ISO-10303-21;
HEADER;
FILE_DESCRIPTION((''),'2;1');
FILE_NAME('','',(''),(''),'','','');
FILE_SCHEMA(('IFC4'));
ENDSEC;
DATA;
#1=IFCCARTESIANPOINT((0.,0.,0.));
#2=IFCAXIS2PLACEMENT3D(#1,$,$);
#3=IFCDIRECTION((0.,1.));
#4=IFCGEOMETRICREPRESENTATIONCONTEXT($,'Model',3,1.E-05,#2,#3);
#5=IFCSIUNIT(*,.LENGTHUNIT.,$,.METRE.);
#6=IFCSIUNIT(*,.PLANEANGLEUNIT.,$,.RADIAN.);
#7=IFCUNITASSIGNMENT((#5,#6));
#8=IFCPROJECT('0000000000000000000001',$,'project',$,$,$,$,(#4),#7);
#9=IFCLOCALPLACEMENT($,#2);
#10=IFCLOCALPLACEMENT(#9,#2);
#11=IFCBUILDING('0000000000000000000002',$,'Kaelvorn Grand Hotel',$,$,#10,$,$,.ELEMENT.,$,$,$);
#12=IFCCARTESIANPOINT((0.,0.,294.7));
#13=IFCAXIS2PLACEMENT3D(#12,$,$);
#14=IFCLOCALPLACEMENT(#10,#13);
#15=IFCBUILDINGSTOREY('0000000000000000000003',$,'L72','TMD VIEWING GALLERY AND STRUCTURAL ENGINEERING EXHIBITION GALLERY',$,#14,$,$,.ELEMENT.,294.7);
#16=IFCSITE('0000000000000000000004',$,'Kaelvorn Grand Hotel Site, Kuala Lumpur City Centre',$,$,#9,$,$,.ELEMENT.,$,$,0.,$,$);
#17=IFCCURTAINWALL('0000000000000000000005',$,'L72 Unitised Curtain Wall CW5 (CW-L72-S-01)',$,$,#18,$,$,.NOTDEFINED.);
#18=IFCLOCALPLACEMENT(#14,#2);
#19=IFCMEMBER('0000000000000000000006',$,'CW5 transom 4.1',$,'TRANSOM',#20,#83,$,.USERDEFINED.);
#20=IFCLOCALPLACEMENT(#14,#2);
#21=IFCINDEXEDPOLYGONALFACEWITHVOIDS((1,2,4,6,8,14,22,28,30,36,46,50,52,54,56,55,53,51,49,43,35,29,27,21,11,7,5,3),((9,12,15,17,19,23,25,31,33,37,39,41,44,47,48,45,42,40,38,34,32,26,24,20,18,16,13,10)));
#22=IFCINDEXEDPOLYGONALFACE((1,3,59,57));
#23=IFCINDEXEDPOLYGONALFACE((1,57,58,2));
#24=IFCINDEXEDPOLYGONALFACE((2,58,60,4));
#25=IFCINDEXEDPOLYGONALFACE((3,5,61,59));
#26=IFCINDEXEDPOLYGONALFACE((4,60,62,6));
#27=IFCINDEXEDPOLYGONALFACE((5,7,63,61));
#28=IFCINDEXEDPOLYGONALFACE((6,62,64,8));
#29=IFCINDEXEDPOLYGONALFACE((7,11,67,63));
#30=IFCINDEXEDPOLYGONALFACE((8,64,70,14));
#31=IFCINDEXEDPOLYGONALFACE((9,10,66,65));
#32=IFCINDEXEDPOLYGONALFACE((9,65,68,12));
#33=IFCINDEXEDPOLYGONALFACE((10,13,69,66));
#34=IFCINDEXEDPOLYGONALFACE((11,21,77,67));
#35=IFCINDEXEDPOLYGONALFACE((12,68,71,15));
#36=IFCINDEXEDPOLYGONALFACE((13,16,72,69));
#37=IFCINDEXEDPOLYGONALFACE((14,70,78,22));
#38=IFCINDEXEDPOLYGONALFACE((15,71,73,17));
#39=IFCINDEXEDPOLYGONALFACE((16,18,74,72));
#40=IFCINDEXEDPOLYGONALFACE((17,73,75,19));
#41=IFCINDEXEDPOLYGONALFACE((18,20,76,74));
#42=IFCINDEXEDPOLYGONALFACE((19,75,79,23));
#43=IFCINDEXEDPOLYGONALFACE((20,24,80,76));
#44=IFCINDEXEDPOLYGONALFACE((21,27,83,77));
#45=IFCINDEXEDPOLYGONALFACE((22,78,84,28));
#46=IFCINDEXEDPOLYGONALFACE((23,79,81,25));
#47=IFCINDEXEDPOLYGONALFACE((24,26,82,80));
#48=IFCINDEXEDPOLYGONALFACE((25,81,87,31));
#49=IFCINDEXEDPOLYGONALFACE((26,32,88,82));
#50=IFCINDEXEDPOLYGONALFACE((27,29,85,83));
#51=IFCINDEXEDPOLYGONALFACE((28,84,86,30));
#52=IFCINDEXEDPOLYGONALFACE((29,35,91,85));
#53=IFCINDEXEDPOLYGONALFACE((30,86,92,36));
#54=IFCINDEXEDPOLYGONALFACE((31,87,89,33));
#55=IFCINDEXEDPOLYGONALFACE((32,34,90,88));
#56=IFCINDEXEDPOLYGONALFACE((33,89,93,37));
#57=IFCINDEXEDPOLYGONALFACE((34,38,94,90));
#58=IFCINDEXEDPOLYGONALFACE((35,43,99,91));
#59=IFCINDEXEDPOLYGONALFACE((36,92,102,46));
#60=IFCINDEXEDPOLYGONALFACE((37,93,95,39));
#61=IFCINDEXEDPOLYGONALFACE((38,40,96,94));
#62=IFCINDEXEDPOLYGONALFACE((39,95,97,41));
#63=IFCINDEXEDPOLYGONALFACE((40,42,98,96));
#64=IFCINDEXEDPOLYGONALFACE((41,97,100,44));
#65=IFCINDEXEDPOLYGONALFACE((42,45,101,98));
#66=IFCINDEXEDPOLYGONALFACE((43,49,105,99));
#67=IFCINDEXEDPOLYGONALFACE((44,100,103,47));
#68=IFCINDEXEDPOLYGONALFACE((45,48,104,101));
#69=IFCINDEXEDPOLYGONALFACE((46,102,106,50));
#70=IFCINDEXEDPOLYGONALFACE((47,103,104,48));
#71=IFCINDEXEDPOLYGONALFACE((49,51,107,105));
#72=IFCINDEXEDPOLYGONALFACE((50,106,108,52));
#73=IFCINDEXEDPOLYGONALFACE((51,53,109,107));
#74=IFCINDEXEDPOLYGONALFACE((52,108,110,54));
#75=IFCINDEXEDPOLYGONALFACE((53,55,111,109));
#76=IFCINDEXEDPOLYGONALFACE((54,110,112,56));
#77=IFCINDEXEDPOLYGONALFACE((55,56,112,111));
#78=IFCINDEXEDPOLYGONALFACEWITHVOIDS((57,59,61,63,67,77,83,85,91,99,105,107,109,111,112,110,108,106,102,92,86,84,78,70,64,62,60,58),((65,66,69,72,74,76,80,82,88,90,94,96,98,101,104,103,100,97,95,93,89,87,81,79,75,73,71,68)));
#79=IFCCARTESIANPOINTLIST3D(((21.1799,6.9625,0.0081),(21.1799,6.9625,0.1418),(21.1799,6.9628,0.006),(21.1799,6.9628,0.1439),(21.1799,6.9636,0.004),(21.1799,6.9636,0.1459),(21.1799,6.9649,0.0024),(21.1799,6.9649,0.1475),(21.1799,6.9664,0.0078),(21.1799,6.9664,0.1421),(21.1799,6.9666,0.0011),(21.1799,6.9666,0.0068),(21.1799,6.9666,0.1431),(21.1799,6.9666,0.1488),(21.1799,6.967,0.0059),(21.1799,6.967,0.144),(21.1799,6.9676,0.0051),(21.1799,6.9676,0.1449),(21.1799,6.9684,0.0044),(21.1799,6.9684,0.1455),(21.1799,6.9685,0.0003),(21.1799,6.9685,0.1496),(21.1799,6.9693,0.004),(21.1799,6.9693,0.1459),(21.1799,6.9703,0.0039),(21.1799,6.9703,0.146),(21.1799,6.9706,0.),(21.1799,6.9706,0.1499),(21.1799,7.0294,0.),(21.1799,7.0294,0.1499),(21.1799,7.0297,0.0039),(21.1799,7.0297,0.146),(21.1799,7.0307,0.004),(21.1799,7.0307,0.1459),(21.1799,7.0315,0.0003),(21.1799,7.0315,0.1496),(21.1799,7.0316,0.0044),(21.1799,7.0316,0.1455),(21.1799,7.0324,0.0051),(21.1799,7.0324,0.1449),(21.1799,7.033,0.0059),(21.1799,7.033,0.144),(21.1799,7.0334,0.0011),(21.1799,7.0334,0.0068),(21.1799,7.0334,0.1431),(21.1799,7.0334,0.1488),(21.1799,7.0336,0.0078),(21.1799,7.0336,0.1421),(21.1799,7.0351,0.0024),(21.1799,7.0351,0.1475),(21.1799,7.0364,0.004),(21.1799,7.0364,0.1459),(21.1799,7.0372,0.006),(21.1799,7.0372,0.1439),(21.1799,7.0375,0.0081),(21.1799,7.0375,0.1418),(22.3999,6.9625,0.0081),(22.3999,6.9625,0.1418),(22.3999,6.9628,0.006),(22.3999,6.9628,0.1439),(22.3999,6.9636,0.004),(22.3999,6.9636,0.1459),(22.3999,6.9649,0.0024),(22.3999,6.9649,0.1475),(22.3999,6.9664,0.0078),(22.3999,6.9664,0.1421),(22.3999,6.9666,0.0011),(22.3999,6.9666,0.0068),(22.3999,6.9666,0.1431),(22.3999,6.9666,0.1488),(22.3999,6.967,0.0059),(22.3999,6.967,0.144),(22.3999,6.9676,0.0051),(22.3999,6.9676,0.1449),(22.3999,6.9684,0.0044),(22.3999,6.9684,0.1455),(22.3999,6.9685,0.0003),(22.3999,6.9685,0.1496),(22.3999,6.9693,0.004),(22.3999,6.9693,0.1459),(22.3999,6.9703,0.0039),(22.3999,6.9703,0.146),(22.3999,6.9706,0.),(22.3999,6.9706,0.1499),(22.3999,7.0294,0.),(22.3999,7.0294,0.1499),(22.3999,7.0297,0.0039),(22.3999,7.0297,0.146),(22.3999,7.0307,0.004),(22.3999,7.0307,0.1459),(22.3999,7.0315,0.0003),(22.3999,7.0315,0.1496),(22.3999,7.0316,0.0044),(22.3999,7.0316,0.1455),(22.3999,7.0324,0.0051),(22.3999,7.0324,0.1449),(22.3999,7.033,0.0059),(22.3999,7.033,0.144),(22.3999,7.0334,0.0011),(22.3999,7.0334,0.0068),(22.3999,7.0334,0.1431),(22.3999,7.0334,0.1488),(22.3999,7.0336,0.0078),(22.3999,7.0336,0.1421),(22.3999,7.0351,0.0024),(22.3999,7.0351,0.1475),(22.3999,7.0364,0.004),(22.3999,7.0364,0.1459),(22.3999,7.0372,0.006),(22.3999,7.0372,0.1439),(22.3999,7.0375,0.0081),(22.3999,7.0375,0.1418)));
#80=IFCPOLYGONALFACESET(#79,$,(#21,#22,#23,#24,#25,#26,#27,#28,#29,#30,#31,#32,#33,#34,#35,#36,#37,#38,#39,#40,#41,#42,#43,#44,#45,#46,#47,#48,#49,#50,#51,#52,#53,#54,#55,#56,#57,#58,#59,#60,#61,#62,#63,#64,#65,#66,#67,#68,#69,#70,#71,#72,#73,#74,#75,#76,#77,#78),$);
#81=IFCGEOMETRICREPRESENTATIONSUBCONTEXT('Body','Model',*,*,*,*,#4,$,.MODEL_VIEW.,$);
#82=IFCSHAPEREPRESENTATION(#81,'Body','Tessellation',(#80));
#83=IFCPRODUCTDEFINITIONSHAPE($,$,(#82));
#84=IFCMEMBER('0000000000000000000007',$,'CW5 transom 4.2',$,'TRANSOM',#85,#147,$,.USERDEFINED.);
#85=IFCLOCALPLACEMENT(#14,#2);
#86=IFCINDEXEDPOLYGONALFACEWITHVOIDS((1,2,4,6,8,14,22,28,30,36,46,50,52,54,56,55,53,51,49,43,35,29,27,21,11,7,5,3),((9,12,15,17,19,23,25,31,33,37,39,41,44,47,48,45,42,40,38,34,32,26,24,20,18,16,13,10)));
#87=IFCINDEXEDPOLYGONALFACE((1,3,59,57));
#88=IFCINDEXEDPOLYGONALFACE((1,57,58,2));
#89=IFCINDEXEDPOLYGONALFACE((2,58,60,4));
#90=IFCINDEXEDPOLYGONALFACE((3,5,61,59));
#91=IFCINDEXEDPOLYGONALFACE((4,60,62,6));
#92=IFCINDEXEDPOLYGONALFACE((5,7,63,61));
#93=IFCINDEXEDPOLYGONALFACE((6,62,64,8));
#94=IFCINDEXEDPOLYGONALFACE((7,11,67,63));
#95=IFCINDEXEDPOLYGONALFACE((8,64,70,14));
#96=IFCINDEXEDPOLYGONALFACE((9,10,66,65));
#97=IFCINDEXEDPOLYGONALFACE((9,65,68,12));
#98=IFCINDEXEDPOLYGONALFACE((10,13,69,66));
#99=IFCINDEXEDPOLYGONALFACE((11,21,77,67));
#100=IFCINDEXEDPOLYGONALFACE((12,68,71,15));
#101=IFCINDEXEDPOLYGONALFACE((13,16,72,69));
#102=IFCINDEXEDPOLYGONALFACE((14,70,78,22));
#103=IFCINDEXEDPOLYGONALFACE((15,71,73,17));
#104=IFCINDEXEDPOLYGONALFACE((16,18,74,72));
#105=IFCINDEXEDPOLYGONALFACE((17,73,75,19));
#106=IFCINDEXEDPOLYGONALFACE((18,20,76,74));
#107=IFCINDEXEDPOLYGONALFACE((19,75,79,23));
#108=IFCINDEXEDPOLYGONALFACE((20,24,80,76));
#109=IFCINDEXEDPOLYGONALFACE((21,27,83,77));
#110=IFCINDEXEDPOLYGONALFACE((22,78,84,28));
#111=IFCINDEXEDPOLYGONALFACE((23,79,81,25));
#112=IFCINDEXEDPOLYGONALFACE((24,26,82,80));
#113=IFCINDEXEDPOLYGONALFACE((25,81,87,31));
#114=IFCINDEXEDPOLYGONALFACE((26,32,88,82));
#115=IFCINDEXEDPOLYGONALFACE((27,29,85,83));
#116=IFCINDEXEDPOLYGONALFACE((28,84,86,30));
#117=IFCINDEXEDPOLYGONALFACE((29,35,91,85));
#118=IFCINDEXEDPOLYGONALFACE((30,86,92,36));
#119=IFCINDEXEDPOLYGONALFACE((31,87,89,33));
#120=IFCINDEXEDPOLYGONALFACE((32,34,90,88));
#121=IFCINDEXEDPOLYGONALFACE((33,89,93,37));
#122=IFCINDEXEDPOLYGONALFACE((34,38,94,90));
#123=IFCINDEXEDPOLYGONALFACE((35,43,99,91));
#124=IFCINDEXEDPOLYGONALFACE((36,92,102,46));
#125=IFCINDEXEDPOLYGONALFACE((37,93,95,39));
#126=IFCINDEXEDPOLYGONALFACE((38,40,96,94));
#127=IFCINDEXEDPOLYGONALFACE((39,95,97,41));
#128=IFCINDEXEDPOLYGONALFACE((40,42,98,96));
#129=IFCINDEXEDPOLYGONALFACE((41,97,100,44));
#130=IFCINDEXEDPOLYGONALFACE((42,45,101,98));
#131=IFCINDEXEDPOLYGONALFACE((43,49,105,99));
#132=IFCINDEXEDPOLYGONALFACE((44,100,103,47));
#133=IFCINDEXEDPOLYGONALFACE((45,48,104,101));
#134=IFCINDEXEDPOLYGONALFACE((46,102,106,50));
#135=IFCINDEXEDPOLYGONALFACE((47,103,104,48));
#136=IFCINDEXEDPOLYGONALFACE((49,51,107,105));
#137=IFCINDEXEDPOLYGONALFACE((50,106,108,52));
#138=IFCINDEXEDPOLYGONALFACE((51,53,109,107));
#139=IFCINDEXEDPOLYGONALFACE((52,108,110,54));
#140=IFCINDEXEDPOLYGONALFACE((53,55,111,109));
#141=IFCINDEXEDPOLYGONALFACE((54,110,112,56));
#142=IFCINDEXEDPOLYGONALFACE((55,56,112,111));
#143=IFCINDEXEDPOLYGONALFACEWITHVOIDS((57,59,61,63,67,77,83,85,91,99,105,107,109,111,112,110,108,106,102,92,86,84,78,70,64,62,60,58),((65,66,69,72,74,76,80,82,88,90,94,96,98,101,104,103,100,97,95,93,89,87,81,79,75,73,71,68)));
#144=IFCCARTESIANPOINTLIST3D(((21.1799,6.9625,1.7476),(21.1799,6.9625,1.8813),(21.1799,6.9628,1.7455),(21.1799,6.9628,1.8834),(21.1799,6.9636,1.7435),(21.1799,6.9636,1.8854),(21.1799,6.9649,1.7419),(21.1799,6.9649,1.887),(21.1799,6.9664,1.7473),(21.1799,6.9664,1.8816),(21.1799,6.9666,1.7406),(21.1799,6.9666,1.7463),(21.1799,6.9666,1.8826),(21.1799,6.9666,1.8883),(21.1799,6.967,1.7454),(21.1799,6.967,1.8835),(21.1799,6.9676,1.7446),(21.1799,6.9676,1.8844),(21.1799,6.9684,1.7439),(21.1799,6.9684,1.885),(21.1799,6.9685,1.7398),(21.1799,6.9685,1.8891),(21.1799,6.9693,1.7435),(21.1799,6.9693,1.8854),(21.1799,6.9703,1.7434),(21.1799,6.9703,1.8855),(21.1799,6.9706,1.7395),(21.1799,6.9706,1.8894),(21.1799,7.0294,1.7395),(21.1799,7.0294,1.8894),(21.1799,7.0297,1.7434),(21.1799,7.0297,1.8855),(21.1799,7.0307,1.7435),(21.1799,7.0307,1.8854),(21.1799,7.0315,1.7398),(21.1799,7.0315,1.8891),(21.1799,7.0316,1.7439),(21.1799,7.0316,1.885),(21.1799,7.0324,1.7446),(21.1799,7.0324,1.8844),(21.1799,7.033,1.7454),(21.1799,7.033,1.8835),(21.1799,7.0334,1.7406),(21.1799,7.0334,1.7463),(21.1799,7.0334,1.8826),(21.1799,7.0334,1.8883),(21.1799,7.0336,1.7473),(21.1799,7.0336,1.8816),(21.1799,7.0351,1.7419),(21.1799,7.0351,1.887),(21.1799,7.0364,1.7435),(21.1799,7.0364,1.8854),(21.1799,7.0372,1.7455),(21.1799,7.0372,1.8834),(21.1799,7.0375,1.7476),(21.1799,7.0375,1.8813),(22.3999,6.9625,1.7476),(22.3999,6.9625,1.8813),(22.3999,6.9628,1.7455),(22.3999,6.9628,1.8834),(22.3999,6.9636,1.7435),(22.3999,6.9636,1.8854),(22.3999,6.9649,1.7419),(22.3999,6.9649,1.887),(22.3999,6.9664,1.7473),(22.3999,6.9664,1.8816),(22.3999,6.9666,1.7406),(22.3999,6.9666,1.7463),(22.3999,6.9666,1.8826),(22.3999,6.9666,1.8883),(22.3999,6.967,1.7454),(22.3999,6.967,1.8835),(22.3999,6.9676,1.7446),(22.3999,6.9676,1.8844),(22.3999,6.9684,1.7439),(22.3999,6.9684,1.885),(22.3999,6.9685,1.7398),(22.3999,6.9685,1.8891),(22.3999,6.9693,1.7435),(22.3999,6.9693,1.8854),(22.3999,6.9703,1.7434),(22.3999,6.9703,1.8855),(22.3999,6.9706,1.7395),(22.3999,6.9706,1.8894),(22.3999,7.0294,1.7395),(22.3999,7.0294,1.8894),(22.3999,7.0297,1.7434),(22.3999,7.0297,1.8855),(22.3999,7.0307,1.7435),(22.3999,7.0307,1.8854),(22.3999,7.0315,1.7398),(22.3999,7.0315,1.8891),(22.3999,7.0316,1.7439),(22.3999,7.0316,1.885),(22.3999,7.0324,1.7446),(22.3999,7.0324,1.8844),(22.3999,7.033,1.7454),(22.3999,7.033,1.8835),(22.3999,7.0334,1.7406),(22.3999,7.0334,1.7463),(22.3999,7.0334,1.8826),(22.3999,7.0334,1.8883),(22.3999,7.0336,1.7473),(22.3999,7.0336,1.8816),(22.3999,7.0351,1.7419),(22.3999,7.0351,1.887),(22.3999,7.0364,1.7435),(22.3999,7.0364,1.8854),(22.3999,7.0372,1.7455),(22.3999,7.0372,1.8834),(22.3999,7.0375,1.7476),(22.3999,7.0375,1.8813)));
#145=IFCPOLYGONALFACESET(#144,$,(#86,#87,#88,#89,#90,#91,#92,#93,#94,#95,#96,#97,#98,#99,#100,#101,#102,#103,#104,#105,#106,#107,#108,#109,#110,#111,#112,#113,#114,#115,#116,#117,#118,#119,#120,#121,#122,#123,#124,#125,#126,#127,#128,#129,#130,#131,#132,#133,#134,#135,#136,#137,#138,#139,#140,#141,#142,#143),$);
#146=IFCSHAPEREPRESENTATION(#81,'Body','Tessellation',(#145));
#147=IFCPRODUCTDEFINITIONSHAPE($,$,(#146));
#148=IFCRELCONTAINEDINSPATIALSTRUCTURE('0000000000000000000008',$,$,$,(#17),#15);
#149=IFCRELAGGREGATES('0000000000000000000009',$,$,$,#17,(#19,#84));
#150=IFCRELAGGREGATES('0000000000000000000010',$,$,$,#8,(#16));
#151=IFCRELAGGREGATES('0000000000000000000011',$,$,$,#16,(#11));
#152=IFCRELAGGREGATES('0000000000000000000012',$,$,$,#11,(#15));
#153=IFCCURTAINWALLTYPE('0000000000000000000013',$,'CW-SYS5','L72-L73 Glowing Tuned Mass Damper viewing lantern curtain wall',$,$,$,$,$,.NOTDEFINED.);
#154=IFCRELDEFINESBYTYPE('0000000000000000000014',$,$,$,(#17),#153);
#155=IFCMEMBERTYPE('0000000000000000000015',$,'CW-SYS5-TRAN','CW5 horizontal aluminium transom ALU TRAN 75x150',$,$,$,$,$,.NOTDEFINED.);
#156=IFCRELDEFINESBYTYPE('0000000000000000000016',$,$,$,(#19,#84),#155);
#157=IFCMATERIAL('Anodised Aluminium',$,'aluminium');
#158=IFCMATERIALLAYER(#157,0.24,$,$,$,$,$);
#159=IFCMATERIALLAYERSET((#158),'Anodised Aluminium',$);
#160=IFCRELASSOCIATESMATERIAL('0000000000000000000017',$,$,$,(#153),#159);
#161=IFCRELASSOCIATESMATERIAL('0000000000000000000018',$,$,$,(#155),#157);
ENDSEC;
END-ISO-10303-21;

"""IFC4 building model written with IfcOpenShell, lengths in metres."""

from ifc_helpers import new_model, si_unit, direction, frame, origin, origin_2d, place, context, subcontext, project, spatial, hollow_rectangle, extrude, material, layer, layer_set, material_profile, profile_set, type_object, element, aggregate, save


model = new_model("IFC4")

# Units and contexts
model_context = context("Model", 3, precision=1e-05, world=origin(), true_north=direction((0.0, 1.0)))
body_context = subcontext(model_context, "Body", "Model", "MODEL_VIEW")
ifc_project = project(units=[si_unit("LENGTHUNIT", "METRE"), si_unit("PLANEANGLEUNIT", "RADIAN")], contexts=[model_context])

# Site, building, storey
site_placement = place(None, origin())
site = spatial("IfcSite", under=ifc_project, at=site_placement, Name="Kaelvorn Grand Hotel Site, Kuala Lumpur City Centre", CompositionType="ELEMENT", RefElevation=0.0)
building_placement = place(site_placement, origin())
building = spatial("IfcBuilding", under=site, at=building_placement, Name="Kaelvorn Grand Hotel", CompositionType="ELEMENT")
storey_placement = place(building_placement, frame((0.0, 0.0, 294.7)))
storey = spatial("IfcBuildingStorey", under=building, at=storey_placement, Name="L72", Description="TMD VIEWING GALLERY AND STRUCTURAL ENGINEERING EXHIBITION GALLERY", CompositionType="ELEMENT", Elevation=294.7)

# Curtain wall, members
ifc_material_1 = material(Name="Anodised Aluminium", Category="aluminium")
ifc_layer_1 = layer(ifc_material_1, 0.24)
ifc_layer_set_1 = layer_set([ifc_layer_1], Name="Anodised Aluminium")
curtain_wall_type = type_object("IfcCurtainWallType", Name="CW-SYS5", Description="L72-L73 Glowing Tuned Mass Damper viewing lantern curtain wall", PredefinedType="NOTDEFINED", material=ifc_layer_set_1)
curtain_wall_placement = place(storey_placement, origin())
curtain_wall = element("IfcCurtainWall", 1, at=curtain_wall_placement, inside=storey, type_object=curtain_wall_type, Name="L72 Unitised Curtain Wall CW5 (CW-L72-S-01)", PredefinedType="NOTDEFINED")
ifc_material_profile_1 = material_profile(ifc_material_1, hollow_rectangle(XDim=0.075, YDim=0.1499, WallThickness=0.0039, InnerFilletRadius=0.0039, OuterFilletRadius=0.0081, at=origin_2d()), Name="ALU TRAN 75x150")
ifc_profile_set_1 = profile_set([ifc_material_profile_1], Name="Anodised Aluminium")
member_type_1 = type_object("IfcMemberType", Name="CW-SYS5-TRAN", Description="CW5 horizontal aluminium transom ALU TRAN 75x150", PredefinedType="NOTDEFINED", material=ifc_profile_set_1)
member_1_placement = place(storey_placement, frame((21.1799, 7.0, 0.075), z_axis=(1.0, 0.0, 0.0), x_axis=(0.0, 1.0, 0.0)))
member_1 = element("IfcMember", 2, at=member_1_placement, type_object=member_type_1, Name="CW5 transom 4.1", ObjectType="TRANSOM", PredefinedType="USERDEFINED", context=body_context, shape_type="SweptSolid", body=[
    extrude(hollow_rectangle(XDim=0.075, YDim=0.1499, WallThickness=0.0039, InnerFilletRadius=0.0039, OuterFilletRadius=0.0081, at=origin_2d()), origin(), (0.0, 0.0, 1.0), 1.22),
])
member_2_placement = place(storey_placement, frame((21.1799, 7.0, 1.8145), z_axis=(1.0, 0.0, 0.0), x_axis=(0.0, 1.0, 0.0)))
member_2 = element("IfcMember", 3, at=member_2_placement, type_object=member_type_1, Name="CW5 transom 4.2", ObjectType="TRANSOM", PredefinedType="USERDEFINED", context=body_context, shape_type="SweptSolid", body=[
    extrude(hollow_rectangle(XDim=0.075, YDim=0.1499, WallThickness=0.0039, InnerFilletRadius=0.0039, OuterFilletRadius=0.0081, at=origin_2d()), origin(), (0.0, 0.0, 1.0), 1.22),
])
aggregate(curtain_wall, [member_1, member_2])

save(model, "model.ifc")
